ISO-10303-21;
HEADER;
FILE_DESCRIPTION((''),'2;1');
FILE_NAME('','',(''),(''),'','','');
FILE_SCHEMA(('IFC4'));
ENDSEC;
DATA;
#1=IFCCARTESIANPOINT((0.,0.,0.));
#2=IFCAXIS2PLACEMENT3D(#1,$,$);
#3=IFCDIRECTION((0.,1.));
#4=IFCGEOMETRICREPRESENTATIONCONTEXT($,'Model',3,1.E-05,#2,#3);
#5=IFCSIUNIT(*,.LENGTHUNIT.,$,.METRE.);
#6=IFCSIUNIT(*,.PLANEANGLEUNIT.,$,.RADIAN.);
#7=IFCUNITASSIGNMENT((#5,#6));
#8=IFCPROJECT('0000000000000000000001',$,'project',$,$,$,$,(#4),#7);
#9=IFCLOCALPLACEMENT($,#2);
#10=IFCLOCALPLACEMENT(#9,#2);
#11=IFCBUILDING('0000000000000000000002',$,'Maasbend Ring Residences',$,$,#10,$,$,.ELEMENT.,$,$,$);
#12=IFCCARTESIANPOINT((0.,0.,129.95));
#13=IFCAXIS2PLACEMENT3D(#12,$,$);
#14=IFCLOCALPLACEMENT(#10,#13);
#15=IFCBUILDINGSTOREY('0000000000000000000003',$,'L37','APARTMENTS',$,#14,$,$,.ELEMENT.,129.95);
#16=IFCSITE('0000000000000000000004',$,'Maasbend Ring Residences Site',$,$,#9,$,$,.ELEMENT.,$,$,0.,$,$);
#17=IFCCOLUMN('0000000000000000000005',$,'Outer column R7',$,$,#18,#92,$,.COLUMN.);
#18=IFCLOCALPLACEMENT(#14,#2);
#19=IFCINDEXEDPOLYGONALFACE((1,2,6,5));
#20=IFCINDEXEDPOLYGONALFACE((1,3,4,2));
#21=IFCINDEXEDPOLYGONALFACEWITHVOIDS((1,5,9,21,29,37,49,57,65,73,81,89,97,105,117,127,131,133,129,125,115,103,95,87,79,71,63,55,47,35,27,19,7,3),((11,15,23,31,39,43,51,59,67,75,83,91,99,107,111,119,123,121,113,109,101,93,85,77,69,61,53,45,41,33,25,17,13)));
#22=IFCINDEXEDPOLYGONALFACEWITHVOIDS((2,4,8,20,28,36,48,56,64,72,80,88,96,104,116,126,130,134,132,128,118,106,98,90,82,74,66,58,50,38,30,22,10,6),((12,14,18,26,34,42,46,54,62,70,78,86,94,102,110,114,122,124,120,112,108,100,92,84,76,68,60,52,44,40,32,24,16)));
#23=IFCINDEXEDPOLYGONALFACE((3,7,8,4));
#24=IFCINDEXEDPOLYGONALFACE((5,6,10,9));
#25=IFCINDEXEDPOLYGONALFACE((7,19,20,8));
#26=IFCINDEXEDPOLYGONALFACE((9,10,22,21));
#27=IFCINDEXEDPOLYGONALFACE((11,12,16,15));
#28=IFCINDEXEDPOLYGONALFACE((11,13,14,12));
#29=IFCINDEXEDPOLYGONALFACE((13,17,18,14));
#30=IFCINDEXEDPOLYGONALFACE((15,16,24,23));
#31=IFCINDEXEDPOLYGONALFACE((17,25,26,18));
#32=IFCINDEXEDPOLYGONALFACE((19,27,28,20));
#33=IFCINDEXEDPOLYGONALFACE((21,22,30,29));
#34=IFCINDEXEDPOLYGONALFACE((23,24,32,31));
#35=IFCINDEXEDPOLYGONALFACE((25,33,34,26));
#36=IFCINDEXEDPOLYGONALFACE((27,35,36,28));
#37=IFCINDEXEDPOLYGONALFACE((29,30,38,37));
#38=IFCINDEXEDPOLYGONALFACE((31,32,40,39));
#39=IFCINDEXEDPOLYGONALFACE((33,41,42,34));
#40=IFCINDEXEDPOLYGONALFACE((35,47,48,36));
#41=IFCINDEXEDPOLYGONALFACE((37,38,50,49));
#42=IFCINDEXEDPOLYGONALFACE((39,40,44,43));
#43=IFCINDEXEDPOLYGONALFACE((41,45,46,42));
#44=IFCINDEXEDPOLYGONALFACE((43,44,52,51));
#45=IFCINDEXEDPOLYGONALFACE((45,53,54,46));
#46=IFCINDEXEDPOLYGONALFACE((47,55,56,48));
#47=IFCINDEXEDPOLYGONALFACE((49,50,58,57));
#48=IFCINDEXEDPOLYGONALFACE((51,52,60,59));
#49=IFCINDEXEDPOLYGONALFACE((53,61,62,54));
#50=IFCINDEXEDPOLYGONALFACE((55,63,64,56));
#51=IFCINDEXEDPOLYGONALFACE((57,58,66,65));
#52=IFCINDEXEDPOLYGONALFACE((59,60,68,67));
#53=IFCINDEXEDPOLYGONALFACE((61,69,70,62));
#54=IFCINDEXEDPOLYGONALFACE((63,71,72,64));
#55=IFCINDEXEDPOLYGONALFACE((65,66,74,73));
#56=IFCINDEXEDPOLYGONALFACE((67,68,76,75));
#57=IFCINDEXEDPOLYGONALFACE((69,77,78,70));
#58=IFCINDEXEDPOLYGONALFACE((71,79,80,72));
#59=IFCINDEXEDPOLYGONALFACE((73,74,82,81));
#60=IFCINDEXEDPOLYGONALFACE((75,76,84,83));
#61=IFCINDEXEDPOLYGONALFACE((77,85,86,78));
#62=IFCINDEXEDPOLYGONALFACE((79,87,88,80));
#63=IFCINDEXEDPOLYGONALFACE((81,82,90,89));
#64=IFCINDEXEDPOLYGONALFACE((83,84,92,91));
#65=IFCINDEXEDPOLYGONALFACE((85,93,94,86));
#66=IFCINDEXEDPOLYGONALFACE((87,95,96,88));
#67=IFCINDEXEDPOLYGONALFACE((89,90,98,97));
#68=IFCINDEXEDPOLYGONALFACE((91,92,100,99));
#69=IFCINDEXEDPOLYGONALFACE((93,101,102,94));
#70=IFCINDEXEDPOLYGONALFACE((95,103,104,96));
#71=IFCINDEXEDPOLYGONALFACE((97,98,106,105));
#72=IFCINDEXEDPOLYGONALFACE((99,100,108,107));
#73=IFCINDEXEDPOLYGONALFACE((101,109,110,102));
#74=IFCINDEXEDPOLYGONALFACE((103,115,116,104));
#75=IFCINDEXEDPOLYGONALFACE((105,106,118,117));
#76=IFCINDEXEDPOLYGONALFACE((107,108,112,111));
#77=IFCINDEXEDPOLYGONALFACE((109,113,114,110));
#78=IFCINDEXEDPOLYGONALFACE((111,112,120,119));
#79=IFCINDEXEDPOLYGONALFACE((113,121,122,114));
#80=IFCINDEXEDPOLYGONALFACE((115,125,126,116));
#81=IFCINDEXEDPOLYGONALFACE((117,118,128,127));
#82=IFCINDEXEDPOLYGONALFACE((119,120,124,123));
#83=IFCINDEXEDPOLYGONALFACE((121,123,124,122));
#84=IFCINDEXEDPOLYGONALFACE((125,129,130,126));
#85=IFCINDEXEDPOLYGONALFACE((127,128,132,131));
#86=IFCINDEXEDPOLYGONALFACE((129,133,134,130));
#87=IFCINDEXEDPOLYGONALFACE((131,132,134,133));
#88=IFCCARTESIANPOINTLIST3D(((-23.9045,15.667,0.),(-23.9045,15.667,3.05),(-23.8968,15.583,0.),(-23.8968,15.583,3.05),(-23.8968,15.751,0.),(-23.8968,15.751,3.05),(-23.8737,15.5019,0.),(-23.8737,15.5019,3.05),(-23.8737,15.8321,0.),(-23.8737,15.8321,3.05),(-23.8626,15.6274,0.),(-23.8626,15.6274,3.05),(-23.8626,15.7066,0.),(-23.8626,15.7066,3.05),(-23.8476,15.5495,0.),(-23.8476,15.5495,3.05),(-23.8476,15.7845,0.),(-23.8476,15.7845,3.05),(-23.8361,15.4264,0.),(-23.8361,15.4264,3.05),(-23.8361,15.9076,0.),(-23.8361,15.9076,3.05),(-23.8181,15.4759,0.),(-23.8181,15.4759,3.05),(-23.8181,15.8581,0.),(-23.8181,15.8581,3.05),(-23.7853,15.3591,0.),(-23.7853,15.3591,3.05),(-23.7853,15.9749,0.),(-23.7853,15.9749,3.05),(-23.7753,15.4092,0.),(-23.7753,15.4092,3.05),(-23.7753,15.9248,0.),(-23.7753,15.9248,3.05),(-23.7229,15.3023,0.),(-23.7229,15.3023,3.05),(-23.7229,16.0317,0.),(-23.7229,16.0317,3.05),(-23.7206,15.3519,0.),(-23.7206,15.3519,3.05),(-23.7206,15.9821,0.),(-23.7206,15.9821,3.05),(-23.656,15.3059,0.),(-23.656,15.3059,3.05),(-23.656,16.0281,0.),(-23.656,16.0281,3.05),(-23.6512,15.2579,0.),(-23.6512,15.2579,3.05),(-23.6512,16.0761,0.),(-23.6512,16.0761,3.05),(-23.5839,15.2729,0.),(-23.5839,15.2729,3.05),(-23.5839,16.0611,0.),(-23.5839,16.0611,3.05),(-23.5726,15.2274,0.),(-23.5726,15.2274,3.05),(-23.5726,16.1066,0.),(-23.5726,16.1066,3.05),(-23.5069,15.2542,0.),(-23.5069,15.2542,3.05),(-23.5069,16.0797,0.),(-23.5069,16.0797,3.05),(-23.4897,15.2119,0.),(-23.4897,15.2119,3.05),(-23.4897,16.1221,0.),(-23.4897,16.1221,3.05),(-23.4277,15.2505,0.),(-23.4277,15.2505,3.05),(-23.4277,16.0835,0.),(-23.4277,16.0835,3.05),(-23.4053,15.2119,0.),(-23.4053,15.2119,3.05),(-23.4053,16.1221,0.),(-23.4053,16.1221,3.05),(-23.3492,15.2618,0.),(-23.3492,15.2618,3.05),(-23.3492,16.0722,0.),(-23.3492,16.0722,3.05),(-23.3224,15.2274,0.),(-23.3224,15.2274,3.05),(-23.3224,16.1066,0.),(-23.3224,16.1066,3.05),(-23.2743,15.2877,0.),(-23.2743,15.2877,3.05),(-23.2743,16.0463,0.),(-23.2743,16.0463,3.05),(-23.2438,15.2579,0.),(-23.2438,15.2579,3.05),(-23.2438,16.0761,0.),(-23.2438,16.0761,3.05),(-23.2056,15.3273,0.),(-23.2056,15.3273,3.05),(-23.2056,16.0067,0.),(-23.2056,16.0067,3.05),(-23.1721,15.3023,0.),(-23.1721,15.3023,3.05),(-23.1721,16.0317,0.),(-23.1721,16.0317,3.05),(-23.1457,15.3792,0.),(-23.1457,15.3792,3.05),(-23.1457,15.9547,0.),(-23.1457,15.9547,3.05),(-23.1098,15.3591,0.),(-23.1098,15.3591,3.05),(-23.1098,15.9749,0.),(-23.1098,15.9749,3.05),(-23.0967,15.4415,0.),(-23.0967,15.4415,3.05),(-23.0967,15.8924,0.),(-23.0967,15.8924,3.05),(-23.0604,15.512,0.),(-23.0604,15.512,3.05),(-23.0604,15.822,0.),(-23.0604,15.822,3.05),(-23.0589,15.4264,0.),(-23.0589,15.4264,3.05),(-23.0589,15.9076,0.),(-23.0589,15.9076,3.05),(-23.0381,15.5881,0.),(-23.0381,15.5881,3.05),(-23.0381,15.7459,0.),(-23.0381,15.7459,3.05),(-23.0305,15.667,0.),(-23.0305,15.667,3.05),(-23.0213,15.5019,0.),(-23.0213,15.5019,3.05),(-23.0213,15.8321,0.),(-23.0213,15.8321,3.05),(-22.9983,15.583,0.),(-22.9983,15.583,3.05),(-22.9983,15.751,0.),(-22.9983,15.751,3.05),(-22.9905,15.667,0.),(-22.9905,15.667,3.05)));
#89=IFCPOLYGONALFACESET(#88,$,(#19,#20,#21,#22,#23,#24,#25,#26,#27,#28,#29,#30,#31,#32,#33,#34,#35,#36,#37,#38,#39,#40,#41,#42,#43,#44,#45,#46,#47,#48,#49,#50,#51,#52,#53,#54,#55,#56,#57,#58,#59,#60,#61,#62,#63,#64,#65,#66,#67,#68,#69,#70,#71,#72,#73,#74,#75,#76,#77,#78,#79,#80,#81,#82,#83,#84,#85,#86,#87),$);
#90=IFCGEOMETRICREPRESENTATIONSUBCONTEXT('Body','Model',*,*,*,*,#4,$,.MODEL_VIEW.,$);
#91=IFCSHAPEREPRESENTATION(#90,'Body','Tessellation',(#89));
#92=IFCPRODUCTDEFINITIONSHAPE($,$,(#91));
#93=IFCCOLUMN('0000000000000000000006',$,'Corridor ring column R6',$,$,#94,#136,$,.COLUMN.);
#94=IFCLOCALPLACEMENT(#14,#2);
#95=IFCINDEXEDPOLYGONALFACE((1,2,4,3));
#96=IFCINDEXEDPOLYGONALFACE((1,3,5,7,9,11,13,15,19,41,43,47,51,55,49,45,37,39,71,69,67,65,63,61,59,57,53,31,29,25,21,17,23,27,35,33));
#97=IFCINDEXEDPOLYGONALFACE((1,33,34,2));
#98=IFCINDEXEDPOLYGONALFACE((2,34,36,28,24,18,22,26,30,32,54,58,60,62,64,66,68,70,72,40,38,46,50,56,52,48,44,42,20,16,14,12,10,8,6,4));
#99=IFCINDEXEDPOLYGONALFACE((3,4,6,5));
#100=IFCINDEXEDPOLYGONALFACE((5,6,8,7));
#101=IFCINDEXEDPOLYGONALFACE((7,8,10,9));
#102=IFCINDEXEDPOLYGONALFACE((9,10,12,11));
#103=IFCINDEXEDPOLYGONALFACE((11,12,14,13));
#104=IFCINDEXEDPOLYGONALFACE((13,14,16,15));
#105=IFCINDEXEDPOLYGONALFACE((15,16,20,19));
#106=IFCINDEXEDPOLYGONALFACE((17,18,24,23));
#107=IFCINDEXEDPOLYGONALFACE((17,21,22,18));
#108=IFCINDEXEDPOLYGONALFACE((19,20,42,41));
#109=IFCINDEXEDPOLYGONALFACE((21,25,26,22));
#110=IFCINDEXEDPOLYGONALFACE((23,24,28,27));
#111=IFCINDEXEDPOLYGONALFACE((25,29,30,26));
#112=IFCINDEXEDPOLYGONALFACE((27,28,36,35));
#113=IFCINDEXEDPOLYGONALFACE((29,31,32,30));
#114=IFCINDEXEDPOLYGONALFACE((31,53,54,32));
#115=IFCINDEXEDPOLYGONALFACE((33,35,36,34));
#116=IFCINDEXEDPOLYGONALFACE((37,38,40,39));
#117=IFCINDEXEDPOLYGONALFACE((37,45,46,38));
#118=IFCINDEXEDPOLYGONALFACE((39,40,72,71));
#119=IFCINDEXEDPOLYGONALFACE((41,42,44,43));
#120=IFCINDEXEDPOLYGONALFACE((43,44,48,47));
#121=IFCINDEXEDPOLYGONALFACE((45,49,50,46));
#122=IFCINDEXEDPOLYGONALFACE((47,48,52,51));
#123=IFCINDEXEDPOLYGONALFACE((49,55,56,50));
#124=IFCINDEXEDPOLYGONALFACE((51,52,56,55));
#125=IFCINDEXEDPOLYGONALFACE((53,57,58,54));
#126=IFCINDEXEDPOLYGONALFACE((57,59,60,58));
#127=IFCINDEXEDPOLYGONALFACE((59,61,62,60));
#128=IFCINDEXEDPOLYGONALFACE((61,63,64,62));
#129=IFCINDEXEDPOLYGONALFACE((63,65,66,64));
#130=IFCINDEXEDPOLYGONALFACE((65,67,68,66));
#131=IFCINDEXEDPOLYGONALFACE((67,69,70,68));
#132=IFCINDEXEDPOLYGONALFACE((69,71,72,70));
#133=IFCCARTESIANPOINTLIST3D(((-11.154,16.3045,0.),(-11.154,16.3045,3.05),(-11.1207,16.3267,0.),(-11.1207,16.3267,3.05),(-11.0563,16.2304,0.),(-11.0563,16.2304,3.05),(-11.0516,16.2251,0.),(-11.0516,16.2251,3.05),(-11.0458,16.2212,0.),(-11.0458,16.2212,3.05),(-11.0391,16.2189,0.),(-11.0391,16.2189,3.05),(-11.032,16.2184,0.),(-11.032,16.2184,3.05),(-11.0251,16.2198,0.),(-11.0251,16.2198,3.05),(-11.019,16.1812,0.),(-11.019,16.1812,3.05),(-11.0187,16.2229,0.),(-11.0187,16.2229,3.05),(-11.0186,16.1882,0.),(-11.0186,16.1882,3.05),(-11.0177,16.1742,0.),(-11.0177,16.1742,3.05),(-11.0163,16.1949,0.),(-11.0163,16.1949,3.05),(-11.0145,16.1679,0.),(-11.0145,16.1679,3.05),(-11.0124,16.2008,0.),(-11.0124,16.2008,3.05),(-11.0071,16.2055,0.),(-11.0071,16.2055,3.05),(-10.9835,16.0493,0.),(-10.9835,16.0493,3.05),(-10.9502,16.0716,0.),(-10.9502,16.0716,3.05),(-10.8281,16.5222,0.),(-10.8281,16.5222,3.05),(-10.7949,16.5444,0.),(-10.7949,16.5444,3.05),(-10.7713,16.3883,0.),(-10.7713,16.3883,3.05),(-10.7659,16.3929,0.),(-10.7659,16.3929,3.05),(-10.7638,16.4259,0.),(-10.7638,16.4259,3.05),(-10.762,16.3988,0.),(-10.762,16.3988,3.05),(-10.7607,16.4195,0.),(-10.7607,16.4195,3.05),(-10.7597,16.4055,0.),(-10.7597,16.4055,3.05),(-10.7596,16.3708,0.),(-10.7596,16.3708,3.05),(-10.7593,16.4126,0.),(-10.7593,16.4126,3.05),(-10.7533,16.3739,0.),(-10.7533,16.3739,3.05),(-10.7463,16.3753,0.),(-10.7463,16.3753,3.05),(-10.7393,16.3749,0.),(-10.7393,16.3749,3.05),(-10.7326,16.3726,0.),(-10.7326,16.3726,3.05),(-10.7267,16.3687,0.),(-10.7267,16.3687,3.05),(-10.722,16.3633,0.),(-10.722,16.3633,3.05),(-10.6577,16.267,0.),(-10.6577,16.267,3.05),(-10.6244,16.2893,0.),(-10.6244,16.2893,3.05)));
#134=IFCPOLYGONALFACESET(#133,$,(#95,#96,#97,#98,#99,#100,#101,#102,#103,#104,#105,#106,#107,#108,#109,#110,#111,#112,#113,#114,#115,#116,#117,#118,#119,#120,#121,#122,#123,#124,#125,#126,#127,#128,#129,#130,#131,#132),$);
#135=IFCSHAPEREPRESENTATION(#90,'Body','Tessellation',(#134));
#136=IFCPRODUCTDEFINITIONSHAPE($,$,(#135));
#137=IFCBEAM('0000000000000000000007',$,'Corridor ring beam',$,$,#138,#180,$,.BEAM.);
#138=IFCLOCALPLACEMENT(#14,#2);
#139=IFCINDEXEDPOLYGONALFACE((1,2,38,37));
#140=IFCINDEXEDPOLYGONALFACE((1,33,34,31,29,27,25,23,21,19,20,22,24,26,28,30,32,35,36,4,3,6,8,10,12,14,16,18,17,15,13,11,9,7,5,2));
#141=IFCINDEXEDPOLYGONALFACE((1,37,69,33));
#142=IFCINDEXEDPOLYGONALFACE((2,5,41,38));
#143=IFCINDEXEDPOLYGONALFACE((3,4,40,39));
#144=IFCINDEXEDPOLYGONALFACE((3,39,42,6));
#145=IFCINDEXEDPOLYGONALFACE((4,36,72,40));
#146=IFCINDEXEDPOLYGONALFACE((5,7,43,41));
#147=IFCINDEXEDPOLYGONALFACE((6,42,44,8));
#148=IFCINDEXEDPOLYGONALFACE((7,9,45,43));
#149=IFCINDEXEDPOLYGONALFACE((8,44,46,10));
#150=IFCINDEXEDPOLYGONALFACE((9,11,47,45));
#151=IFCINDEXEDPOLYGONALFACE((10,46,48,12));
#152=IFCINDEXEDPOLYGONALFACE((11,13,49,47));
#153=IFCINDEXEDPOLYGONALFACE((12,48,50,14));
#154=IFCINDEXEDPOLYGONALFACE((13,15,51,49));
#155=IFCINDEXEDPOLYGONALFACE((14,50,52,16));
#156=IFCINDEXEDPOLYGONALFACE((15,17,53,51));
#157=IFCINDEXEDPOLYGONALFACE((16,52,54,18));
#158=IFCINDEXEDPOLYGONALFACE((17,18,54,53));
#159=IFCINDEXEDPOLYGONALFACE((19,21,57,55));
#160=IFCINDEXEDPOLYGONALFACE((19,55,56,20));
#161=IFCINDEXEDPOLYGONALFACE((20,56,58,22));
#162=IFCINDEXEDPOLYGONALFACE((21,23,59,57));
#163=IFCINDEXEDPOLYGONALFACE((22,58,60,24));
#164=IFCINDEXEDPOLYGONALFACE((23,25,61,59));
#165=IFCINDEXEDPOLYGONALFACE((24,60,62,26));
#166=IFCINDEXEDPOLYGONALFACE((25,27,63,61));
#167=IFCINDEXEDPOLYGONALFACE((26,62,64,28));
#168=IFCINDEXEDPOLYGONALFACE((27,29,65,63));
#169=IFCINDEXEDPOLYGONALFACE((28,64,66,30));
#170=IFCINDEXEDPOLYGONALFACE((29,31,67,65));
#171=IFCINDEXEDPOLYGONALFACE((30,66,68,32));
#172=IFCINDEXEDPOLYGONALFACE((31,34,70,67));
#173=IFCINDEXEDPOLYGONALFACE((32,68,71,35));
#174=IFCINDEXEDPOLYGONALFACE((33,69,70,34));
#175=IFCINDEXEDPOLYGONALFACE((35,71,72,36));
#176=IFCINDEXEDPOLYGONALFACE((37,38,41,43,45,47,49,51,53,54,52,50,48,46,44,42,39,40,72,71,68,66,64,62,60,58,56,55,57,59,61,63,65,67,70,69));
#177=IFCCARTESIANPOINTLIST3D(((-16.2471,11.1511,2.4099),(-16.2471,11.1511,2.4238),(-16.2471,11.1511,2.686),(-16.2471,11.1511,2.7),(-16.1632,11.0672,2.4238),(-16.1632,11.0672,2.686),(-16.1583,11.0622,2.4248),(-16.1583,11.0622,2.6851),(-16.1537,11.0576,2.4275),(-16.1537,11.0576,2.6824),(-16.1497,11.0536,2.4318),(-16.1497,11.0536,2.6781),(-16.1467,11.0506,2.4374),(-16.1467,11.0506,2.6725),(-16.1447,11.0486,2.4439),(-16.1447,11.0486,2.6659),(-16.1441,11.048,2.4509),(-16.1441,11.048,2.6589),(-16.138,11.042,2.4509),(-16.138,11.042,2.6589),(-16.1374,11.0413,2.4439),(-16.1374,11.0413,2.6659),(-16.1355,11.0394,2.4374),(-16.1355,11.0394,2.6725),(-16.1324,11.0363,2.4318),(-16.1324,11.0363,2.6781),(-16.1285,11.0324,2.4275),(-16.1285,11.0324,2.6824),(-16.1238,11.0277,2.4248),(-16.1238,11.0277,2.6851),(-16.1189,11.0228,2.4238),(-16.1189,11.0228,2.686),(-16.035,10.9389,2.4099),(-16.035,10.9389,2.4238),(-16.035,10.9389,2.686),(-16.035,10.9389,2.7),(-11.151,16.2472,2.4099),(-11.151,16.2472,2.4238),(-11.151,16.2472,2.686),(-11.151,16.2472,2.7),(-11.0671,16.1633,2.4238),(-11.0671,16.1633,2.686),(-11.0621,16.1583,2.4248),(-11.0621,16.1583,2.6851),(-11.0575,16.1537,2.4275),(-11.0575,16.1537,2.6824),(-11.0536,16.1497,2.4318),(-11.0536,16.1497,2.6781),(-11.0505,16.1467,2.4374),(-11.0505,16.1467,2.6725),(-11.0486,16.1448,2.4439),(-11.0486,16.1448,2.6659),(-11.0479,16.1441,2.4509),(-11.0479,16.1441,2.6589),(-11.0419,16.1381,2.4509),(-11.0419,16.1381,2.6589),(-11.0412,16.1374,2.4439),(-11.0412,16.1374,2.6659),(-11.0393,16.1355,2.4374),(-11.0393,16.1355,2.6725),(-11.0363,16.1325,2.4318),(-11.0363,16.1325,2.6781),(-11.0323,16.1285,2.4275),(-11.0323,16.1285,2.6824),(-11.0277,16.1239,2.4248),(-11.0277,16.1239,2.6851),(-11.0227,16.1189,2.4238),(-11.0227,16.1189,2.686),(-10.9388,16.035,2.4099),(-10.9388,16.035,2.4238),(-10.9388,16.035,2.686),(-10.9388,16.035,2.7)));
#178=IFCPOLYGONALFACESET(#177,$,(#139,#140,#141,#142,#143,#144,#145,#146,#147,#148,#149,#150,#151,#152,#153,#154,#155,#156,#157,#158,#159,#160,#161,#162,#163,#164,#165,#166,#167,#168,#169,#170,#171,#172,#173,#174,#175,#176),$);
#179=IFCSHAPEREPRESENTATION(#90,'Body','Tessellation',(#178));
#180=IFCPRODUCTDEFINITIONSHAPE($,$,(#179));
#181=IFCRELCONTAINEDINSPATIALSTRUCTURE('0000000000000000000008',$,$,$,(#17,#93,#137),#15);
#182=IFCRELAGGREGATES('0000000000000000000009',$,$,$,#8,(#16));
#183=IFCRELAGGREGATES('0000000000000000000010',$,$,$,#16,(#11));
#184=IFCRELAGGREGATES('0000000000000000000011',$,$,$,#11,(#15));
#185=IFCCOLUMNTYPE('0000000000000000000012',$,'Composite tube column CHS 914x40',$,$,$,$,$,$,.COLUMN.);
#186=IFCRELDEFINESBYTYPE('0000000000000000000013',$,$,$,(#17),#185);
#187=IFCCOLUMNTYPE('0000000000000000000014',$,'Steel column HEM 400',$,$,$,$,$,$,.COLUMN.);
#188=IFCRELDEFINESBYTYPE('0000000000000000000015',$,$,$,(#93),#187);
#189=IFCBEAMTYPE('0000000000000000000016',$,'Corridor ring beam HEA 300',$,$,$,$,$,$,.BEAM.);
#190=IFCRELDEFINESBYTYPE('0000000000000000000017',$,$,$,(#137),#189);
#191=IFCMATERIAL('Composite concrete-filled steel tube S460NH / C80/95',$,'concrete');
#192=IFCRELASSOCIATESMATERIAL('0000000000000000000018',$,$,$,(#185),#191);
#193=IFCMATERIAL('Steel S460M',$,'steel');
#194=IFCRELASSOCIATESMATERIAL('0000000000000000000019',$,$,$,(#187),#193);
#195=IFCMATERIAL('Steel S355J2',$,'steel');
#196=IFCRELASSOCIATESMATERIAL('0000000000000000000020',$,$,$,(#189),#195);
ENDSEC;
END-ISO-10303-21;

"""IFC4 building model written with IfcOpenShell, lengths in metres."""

from ifc_helpers import new_model, si_unit, direction, frame, origin, origin_2d, place, context, subcontext, project, spatial, hollow_circle, i_section, extrude, material, material_profile, profile_set, type_object, element, save


model = new_model("IFC4")

# Units and contexts
model_context = context("Model", 3, precision=1e-05, world=origin(), true_north=direction((0.0, 1.0)))
body_context = subcontext(model_context, "Body", "Model", "MODEL_VIEW")
ifc_project = project(units=[si_unit("LENGTHUNIT", "METRE"), si_unit("PLANEANGLEUNIT", "RADIAN")], contexts=[model_context])

# Site, building, storey
site_placement = place(None, origin())
site = spatial("IfcSite", under=ifc_project, at=site_placement, Name="Maasbend Ring Residences Site", CompositionType="ELEMENT", RefElevation=0.0)
building_placement = place(site_placement, origin())
building = spatial("IfcBuilding", under=site, at=building_placement, Name="Maasbend Ring Residences", CompositionType="ELEMENT")
storey_placement = place(building_placement, frame((0.0, 0.0, 129.95)))
storey = spatial("IfcBuildingStorey", under=building, at=storey_placement, Name="L37", Description="APARTMENTS", CompositionType="ELEMENT", Elevation=129.95)

# Columns
ifc_material_1 = material(Name="Composite concrete-filled steel tube S460NH / C80/95", Category="concrete")
ifc_material_profile_1 = material_profile(ifc_material_1, hollow_circle(Radius=0.457, WallThickness=0.04, at=origin_2d()), Name="Composite tube column CHS 914x40")
ifc_profile_set_1 = profile_set([ifc_material_profile_1], Name="Composite concrete-filled steel tube S460NH / C80/95")
column_type_1 = type_object("IfcColumnType", Name="Composite tube column CHS 914x40", PredefinedType="COLUMN", material=ifc_profile_set_1)
column_1_placement = place(storey_placement, frame((-23.4475, 15.667, 0.0), z_axis=(0.0, 0.0, 1.0), x_axis=(1.0, 0.0, 0.0)))
element("IfcColumn", 1, at=column_1_placement, inside=storey, type_object=column_type_1, Name="Outer column R7", PredefinedType="COLUMN", context=body_context, shape_type="SweptSolid", body=[
    extrude(hollow_circle(Radius=0.457, WallThickness=0.04, at=origin_2d()), origin(), (0.0, 0.0, 1.0), 3.05),
])
ifc_material_2 = material(Name="Steel S460M", Category="steel")
ifc_material_profile_2 = material_profile(ifc_material_2, i_section(OverallWidth=0.3069, OverallDepth=0.4319, WebThickness=0.021, FlangeThickness=0.04, FilletRadius=0.0271, at=origin_2d()), Name="HEM 400")
ifc_profile_set_2 = profile_set([ifc_material_profile_2], Name="Steel S460M")
column_type_2 = type_object("IfcColumnType", Name="Steel column HEM 400", PredefinedType="COLUMN", material=ifc_profile_set_2)
column_2_placement = place(storey_placement, frame((-10.8892, 16.2969, 0.0), z_axis=(0.0, 0.0, 1.0), x_axis=(-0.55557, 0.83147, 0.0)))
element("IfcColumn", 2, at=column_2_placement, inside=storey, type_object=column_type_2, Name="Corridor ring column R6", PredefinedType="COLUMN", context=body_context, shape_type="SweptSolid", body=[
    extrude(i_section(OverallWidth=0.3069, OverallDepth=0.4319, WebThickness=0.021, FlangeThickness=0.04, FilletRadius=0.0271, at=origin_2d()), origin(), (0.0, 0.0, 1.0), 3.05),
])

# Beam
ifc_material_3 = material(Name="Steel S355J2", Category="steel")
ifc_material_profile_3 = material_profile(ifc_material_3, i_section(OverallWidth=0.3, OverallDepth=0.29, WebThickness=0.0085, FlangeThickness=0.0139, FilletRadius=0.0271, at=origin_2d()), Name="HEA 300")
ifc_profile_set_3 = profile_set([ifc_material_profile_3], Name="Steel S355J2")
beam_type = type_object("IfcBeamType", Name="Corridor ring beam HEA 300", PredefinedType="BEAM", material=ifc_profile_set_3)
beam_placement = place(storey_placement, frame((-11.0449, 16.1411, 2.5549), z_axis=(-0.707107, -0.707107, 0.0), x_axis=(0.707107, -0.707107, 0.0)))
element("IfcBeam", 3, at=beam_placement, inside=storey, type_object=beam_type, Name="Corridor ring beam", PredefinedType="BEAM", context=body_context, shape_type="SweptSolid", body=[
    extrude(i_section(OverallWidth=0.3, OverallDepth=0.29, WebThickness=0.0085, FlangeThickness=0.0139, FilletRadius=0.0271, at=origin_2d()), origin(), (0.0, 0.0, 1.0), 7.207),
])

save(model, "model.ifc")
